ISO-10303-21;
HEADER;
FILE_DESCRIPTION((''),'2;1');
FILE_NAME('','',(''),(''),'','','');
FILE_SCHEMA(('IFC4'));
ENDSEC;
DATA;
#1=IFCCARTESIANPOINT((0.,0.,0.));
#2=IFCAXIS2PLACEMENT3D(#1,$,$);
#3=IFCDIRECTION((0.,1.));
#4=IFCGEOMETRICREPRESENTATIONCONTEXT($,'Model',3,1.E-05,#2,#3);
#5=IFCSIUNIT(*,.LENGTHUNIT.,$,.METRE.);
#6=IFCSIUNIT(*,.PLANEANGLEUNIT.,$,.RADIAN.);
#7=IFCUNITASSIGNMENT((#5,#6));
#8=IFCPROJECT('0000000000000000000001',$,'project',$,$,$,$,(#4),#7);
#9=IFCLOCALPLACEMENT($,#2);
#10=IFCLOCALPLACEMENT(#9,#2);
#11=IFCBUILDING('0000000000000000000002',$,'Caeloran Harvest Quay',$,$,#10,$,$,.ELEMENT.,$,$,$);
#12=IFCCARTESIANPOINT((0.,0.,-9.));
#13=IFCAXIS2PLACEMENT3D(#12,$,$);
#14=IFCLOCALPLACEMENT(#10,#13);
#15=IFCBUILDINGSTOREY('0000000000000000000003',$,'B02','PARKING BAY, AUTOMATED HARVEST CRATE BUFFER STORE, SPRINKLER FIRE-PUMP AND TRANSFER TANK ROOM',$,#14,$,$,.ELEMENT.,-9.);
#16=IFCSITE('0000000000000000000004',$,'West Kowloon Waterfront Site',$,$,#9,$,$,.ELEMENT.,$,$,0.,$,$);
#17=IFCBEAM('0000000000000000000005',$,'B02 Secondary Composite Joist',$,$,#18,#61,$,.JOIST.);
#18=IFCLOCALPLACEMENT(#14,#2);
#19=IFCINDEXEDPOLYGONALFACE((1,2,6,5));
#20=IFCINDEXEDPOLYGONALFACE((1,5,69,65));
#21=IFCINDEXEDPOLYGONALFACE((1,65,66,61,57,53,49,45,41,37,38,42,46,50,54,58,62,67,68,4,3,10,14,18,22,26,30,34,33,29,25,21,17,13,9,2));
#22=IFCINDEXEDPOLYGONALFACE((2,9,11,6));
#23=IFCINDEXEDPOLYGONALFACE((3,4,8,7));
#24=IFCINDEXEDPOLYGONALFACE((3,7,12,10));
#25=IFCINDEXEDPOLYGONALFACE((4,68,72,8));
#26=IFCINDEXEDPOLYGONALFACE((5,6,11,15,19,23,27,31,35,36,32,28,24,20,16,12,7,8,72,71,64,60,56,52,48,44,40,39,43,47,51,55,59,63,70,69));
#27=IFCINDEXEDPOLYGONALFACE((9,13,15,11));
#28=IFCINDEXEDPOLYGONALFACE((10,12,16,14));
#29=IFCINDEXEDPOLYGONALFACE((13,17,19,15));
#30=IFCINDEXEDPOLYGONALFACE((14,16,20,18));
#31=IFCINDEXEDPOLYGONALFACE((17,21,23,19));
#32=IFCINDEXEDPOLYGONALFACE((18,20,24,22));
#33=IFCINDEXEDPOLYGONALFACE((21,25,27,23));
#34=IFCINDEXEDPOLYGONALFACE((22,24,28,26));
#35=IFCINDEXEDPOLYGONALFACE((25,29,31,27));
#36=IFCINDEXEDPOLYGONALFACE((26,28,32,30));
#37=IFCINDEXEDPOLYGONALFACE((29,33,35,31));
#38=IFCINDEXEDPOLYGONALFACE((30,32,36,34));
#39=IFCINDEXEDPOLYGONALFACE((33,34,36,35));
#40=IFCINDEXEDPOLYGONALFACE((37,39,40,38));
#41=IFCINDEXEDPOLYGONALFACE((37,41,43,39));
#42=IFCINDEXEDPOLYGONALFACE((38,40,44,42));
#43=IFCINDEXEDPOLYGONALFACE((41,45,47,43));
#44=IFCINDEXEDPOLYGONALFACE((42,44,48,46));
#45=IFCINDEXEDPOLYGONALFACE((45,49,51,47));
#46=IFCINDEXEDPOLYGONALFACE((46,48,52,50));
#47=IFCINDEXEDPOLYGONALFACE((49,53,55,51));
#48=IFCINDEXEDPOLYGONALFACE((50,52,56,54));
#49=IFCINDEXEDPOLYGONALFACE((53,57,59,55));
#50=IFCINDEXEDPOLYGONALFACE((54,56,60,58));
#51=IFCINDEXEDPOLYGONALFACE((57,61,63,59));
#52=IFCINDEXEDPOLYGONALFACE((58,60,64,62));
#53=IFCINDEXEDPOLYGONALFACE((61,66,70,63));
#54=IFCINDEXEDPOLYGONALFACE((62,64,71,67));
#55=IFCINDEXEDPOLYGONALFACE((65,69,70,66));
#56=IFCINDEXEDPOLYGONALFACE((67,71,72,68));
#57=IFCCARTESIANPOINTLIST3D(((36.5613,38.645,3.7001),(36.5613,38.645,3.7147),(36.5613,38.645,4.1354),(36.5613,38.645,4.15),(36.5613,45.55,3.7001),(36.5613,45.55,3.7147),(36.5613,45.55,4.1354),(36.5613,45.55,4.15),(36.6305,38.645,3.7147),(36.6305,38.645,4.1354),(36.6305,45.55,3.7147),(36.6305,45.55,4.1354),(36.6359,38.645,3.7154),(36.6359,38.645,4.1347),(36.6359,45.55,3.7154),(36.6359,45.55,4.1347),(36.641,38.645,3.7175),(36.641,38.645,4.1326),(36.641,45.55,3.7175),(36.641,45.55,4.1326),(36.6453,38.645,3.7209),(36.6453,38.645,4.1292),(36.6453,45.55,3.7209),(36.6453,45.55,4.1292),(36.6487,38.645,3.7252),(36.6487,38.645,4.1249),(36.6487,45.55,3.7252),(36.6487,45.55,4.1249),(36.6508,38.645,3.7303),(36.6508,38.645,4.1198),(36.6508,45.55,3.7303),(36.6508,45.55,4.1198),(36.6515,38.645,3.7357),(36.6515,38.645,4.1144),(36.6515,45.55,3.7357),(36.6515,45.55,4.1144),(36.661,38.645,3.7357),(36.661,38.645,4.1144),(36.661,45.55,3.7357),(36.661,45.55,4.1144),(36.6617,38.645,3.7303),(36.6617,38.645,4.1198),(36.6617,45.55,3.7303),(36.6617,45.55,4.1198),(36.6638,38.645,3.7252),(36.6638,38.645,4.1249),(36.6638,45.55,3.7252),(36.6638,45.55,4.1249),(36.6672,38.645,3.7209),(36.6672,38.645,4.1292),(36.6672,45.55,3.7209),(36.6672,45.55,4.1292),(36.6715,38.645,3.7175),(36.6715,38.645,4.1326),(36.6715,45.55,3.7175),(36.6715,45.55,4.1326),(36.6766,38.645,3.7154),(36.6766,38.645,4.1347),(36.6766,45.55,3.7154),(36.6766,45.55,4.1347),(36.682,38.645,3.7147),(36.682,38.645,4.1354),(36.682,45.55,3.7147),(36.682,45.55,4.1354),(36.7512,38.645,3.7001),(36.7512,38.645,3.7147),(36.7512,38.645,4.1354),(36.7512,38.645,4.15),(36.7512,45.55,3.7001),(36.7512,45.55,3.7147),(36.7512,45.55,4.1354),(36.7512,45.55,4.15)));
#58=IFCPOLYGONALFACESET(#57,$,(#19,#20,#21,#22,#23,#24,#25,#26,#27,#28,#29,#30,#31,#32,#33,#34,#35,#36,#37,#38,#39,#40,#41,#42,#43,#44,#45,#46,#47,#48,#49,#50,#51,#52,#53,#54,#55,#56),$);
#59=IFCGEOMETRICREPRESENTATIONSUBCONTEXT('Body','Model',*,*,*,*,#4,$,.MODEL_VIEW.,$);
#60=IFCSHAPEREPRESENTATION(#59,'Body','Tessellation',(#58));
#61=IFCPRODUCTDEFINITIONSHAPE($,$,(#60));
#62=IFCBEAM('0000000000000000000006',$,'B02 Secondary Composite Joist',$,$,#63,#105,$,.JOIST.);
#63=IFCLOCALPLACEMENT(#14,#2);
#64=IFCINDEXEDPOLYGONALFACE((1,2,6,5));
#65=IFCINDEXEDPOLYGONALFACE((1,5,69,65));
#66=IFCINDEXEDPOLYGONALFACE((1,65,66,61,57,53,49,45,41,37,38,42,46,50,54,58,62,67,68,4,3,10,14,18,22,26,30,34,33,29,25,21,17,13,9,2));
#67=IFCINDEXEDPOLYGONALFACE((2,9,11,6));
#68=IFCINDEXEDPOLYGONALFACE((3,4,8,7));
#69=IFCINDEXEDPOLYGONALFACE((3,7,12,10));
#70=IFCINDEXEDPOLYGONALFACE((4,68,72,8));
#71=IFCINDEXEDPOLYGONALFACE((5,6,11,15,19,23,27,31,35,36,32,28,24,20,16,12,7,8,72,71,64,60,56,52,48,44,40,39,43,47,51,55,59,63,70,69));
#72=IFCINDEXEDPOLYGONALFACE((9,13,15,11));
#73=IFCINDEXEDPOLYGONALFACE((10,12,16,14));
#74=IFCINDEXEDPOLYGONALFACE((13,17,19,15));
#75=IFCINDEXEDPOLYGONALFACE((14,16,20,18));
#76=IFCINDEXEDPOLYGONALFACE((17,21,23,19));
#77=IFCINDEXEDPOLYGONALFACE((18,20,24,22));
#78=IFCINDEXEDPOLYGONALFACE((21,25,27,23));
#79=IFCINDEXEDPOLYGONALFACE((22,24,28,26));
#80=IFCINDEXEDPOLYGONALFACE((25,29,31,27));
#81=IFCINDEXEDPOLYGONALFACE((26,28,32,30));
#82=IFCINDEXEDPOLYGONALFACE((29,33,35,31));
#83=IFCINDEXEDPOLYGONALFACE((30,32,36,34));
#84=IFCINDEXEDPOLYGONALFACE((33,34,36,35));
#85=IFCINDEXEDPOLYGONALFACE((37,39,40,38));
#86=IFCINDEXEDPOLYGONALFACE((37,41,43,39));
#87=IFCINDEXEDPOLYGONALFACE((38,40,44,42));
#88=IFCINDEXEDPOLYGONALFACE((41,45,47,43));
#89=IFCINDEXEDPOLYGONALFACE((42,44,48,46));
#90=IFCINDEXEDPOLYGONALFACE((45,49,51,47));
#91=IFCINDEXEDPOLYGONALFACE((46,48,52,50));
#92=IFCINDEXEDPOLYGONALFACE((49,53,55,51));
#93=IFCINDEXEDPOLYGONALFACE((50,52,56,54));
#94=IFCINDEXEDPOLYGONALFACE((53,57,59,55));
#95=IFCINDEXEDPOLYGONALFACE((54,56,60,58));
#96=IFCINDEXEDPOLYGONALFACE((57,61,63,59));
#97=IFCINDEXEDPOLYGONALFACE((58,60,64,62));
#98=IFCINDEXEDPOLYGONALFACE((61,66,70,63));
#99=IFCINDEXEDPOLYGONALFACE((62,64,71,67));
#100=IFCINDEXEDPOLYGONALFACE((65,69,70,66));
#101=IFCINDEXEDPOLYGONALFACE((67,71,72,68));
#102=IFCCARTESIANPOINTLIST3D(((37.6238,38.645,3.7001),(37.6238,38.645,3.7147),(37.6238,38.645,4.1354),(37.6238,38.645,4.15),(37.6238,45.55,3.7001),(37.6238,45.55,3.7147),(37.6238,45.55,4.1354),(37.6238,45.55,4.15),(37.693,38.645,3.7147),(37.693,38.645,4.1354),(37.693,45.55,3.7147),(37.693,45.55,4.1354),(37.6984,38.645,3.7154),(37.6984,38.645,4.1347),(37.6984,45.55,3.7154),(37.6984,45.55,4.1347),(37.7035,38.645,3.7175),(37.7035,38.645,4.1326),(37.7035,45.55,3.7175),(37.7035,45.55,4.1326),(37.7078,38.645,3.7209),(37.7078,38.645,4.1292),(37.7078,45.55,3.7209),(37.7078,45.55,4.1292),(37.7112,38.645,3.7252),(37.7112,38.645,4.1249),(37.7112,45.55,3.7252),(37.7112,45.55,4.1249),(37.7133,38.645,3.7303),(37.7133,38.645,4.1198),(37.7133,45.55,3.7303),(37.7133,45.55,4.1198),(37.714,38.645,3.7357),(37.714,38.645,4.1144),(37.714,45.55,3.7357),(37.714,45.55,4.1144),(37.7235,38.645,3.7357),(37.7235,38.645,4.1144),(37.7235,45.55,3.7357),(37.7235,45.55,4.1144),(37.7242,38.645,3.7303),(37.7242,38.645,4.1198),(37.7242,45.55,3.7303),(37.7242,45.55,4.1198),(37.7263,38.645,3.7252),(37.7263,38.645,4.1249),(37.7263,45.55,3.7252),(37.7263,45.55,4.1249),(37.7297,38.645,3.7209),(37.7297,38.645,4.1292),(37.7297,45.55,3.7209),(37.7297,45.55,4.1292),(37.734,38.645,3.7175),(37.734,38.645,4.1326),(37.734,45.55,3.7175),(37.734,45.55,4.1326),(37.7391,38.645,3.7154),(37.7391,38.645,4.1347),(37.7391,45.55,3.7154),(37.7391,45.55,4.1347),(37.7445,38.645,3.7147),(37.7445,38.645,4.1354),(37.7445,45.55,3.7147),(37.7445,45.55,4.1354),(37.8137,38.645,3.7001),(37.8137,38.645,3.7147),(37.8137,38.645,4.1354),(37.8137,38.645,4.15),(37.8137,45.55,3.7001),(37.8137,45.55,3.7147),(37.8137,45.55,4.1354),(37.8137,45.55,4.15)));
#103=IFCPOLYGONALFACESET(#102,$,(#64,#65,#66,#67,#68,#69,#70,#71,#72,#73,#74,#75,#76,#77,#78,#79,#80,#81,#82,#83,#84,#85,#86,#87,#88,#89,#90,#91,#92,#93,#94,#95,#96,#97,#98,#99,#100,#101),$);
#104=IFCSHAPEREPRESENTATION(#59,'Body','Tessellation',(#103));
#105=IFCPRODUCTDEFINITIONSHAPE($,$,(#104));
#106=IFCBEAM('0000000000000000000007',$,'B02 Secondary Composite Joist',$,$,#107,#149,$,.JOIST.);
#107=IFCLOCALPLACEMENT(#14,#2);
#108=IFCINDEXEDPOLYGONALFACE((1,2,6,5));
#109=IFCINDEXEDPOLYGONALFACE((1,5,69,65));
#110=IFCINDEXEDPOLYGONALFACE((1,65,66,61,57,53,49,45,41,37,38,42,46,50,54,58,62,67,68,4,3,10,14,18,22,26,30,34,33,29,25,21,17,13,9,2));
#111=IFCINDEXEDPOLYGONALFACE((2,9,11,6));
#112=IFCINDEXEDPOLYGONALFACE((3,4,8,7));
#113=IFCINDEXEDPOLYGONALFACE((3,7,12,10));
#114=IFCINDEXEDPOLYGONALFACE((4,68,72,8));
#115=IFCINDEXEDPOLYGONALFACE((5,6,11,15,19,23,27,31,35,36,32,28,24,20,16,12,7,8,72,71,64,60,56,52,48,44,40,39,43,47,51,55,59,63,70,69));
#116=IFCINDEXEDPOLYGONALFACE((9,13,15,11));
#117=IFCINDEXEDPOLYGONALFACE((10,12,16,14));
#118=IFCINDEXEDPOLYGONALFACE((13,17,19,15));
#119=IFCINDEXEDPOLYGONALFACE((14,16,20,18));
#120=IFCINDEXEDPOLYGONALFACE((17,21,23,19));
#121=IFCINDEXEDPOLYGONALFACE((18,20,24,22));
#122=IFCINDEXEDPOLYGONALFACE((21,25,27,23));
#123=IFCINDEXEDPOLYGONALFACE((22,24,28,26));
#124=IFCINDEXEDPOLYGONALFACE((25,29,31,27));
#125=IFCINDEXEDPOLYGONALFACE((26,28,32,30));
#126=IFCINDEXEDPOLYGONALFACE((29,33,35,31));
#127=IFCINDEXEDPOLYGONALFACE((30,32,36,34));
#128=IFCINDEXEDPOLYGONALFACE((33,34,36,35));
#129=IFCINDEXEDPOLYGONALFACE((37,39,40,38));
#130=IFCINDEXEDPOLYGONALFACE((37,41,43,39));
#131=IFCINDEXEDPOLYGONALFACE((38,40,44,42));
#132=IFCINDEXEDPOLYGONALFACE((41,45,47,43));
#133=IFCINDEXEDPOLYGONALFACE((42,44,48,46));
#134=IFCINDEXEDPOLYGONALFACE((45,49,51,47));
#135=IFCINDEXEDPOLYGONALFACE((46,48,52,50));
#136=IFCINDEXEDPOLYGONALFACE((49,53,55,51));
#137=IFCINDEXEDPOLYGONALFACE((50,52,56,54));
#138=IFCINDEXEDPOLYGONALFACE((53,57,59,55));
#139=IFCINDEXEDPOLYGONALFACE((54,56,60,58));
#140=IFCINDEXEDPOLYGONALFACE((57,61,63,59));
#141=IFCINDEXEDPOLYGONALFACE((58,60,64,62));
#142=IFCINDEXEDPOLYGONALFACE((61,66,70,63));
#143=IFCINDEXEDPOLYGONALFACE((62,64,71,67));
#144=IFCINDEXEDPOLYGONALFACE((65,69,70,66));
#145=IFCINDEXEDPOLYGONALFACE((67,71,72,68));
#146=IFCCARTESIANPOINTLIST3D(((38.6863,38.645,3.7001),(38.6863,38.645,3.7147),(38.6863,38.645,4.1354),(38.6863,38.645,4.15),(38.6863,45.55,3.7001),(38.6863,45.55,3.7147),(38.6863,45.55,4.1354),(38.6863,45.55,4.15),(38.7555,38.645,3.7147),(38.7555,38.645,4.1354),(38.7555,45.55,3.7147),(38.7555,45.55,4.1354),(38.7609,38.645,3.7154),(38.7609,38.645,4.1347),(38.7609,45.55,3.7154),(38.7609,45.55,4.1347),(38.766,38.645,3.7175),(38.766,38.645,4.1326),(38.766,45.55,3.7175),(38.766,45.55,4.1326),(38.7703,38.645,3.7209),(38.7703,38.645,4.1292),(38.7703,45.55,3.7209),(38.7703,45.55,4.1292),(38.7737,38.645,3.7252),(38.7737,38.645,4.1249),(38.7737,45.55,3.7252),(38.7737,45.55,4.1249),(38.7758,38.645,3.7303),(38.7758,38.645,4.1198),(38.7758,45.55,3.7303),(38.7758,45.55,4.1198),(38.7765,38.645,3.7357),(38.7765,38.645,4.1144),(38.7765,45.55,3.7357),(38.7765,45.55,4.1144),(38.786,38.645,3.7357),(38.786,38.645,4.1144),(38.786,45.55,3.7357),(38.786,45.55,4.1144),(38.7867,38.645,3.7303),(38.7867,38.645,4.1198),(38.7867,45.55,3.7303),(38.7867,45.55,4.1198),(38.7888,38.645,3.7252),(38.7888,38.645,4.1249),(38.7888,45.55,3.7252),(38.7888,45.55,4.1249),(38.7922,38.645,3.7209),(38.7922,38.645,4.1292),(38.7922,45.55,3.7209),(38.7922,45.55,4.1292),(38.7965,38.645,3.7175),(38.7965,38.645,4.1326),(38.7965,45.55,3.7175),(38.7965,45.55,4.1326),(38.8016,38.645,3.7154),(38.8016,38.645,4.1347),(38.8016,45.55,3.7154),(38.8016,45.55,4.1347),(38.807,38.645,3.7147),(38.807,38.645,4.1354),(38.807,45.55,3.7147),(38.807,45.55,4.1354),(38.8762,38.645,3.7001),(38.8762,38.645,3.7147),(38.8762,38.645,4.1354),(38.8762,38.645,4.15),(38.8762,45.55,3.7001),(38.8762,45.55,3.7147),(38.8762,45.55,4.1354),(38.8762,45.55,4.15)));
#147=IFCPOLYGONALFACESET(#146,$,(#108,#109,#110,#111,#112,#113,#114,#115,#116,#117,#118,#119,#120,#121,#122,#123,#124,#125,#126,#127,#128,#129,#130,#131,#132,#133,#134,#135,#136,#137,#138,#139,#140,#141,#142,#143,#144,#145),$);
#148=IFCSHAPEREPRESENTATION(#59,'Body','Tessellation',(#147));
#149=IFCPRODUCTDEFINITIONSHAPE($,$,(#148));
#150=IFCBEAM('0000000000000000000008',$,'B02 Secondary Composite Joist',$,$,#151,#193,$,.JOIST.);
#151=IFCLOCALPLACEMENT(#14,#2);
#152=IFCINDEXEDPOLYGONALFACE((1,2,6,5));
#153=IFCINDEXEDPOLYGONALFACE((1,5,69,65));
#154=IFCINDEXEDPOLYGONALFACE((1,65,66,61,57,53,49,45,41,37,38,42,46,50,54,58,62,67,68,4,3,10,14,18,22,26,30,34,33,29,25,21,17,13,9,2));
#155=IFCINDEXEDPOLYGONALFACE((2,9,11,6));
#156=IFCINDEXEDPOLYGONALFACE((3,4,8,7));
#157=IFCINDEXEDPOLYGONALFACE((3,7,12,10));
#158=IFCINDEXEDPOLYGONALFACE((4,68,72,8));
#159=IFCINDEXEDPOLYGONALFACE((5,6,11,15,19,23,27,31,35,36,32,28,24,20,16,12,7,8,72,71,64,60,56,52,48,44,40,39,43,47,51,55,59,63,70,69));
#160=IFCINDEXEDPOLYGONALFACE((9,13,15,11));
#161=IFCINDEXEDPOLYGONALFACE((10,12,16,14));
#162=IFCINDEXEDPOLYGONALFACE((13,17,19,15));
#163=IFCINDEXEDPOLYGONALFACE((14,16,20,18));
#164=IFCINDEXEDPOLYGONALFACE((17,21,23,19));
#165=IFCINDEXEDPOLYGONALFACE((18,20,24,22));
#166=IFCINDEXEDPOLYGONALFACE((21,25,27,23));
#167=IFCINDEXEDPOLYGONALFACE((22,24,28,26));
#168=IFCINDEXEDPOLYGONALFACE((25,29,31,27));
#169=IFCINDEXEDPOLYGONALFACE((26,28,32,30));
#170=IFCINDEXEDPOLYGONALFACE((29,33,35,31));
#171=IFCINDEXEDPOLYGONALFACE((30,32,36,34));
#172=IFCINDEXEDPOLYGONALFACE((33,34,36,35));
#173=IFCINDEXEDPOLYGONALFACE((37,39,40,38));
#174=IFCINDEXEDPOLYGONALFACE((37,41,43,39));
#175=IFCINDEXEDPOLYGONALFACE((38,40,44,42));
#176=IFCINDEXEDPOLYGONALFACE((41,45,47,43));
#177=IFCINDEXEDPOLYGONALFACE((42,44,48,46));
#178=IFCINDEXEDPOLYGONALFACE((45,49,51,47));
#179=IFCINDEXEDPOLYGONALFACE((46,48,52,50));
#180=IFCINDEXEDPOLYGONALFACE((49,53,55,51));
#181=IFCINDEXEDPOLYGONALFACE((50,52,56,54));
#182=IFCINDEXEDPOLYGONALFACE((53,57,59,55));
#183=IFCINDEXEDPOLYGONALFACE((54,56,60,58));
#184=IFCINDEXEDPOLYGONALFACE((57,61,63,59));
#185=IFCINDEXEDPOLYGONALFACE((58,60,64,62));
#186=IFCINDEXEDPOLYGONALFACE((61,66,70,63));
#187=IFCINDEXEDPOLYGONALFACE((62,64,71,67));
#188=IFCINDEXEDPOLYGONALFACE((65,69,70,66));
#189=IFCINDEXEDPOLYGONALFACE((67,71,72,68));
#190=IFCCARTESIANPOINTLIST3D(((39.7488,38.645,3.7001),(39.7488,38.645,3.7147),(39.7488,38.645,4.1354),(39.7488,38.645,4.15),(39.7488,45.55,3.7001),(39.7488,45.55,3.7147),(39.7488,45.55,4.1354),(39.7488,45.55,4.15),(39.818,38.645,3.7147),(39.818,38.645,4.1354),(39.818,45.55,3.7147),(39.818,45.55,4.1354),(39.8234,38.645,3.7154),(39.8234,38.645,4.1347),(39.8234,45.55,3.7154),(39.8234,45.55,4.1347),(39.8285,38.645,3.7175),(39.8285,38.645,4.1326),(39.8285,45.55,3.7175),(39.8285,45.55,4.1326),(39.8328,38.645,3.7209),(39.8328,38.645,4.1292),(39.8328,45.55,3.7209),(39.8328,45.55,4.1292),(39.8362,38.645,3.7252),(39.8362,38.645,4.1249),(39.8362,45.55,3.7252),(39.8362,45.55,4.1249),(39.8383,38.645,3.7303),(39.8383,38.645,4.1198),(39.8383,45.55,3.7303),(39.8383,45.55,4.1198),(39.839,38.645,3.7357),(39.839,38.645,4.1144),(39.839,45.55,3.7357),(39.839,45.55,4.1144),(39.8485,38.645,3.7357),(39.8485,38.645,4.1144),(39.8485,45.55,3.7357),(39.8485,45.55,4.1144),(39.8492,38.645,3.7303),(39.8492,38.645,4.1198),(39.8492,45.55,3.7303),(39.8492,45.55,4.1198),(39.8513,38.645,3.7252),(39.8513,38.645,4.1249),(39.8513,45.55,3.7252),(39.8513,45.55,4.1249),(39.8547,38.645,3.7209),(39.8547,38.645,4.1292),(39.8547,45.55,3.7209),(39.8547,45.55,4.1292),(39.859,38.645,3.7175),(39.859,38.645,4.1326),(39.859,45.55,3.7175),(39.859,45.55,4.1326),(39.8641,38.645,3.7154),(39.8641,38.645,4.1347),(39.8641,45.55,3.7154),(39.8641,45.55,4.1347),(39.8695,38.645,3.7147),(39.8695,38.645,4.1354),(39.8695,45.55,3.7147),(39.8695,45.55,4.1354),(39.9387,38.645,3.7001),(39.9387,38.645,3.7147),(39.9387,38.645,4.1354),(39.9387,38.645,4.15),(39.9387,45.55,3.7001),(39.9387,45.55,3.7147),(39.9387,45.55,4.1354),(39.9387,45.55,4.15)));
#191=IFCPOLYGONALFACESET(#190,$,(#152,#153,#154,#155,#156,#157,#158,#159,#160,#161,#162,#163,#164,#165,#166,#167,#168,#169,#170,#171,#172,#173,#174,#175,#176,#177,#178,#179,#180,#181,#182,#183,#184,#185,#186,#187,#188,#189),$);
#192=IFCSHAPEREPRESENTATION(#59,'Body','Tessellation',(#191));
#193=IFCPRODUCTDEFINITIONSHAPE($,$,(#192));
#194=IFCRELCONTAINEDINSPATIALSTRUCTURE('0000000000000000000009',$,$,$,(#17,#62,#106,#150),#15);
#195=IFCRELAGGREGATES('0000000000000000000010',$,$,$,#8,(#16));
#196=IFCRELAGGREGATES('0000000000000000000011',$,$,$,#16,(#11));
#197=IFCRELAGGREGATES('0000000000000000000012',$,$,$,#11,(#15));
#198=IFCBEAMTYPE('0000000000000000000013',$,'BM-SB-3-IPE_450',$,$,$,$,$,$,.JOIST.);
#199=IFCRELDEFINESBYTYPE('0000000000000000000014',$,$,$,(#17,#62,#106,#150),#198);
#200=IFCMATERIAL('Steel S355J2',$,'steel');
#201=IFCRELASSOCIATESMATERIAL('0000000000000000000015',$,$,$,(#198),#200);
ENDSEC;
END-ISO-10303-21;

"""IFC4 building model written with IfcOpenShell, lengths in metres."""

from ifc_helpers import new_model, si_unit, direction, frame, origin, origin_2d, place, context, subcontext, project, spatial, i_section, extrude, material, material_profile, profile_set, type_object, element, save


model = new_model("IFC4")

# Units and contexts
model_context = context("Model", 3, precision=1e-05, world=origin(), true_north=direction((0.0, 1.0)))
body_context = subcontext(model_context, "Body", "Model", "MODEL_VIEW")
ifc_project = project(units=[si_unit("LENGTHUNIT", "METRE"), si_unit("PLANEANGLEUNIT", "RADIAN")], contexts=[model_context])

# Site, building, storey
site_placement = place(None, origin())
site = spatial("IfcSite", under=ifc_project, at=site_placement, Name="West Kowloon Waterfront Site", CompositionType="ELEMENT", RefElevation=0.0)
building_placement = place(site_placement, origin())
building = spatial("IfcBuilding", under=site, at=building_placement, Name="Caeloran Harvest Quay", CompositionType="ELEMENT")
storey_placement = place(building_placement, frame((0.0, 0.0, -9.0)))
storey = spatial("IfcBuildingStorey", under=building, at=storey_placement, Name="B02", Description="PARKING BAY, AUTOMATED HARVEST CRATE BUFFER STORE, SPRINKLER FIRE-PUMP AND TRANSFER TANK ROOM", CompositionType="ELEMENT", Elevation=-9.0)

# Beams
ifc_material = material(Name="Steel S355J2", Category="steel")
ifc_material_profile_1 = material_profile(ifc_material, i_section(OverallWidth=0.1899, OverallDepth=0.45, WebThickness=0.0095, FlangeThickness=0.0146, FilletRadius=0.021, at=origin_2d()), Name="IPE 450")
ifc_profile_set_1 = profile_set([ifc_material_profile_1], Name="Steel S355J2")
beam_type_1 = type_object("IfcBeamType", Name="BM-SB-3-IPE_450", PredefinedType="JOIST", material=ifc_profile_set_1)
for number, where, z_axis, x_axis, name in (
    (1, (36.6562, 38.645, 3.925), (0.0, 1.0, 0.0), (-1.0, 0.0, 0.0), "B02 Secondary Composite Joist"),
    (2, (37.7188, 38.645, 3.925), (0.0, 1.0, 0.0), (-1.0, 0.0, 0.0), "B02 Secondary Composite Joist"),
    (3, (38.7812, 38.645, 3.925), (0.0, 1.0, 0.0), (-1.0, 0.0, 0.0), "B02 Secondary Composite Joist"),
    (4, (39.8438, 38.645, 3.925), (0.0, 1.0, 0.0), (-1.0, 0.0, 0.0), "B02 Secondary Composite Joist"),
):
    element("IfcBeam", number, at=place(storey_placement, frame(where, z_axis=z_axis, x_axis=x_axis)), inside=storey, type_object=beam_type_1, Name=name, PredefinedType="JOIST", context=body_context, shape_type="SweptSolid", body=[
        extrude(i_section(OverallWidth=0.1899, OverallDepth=0.45, WebThickness=0.0095, FlangeThickness=0.0146, FilletRadius=0.021, at=origin_2d()), origin(), (0.0, 0.0, 1.0), 6.905),
    ])

save(model, "model.ifc")
